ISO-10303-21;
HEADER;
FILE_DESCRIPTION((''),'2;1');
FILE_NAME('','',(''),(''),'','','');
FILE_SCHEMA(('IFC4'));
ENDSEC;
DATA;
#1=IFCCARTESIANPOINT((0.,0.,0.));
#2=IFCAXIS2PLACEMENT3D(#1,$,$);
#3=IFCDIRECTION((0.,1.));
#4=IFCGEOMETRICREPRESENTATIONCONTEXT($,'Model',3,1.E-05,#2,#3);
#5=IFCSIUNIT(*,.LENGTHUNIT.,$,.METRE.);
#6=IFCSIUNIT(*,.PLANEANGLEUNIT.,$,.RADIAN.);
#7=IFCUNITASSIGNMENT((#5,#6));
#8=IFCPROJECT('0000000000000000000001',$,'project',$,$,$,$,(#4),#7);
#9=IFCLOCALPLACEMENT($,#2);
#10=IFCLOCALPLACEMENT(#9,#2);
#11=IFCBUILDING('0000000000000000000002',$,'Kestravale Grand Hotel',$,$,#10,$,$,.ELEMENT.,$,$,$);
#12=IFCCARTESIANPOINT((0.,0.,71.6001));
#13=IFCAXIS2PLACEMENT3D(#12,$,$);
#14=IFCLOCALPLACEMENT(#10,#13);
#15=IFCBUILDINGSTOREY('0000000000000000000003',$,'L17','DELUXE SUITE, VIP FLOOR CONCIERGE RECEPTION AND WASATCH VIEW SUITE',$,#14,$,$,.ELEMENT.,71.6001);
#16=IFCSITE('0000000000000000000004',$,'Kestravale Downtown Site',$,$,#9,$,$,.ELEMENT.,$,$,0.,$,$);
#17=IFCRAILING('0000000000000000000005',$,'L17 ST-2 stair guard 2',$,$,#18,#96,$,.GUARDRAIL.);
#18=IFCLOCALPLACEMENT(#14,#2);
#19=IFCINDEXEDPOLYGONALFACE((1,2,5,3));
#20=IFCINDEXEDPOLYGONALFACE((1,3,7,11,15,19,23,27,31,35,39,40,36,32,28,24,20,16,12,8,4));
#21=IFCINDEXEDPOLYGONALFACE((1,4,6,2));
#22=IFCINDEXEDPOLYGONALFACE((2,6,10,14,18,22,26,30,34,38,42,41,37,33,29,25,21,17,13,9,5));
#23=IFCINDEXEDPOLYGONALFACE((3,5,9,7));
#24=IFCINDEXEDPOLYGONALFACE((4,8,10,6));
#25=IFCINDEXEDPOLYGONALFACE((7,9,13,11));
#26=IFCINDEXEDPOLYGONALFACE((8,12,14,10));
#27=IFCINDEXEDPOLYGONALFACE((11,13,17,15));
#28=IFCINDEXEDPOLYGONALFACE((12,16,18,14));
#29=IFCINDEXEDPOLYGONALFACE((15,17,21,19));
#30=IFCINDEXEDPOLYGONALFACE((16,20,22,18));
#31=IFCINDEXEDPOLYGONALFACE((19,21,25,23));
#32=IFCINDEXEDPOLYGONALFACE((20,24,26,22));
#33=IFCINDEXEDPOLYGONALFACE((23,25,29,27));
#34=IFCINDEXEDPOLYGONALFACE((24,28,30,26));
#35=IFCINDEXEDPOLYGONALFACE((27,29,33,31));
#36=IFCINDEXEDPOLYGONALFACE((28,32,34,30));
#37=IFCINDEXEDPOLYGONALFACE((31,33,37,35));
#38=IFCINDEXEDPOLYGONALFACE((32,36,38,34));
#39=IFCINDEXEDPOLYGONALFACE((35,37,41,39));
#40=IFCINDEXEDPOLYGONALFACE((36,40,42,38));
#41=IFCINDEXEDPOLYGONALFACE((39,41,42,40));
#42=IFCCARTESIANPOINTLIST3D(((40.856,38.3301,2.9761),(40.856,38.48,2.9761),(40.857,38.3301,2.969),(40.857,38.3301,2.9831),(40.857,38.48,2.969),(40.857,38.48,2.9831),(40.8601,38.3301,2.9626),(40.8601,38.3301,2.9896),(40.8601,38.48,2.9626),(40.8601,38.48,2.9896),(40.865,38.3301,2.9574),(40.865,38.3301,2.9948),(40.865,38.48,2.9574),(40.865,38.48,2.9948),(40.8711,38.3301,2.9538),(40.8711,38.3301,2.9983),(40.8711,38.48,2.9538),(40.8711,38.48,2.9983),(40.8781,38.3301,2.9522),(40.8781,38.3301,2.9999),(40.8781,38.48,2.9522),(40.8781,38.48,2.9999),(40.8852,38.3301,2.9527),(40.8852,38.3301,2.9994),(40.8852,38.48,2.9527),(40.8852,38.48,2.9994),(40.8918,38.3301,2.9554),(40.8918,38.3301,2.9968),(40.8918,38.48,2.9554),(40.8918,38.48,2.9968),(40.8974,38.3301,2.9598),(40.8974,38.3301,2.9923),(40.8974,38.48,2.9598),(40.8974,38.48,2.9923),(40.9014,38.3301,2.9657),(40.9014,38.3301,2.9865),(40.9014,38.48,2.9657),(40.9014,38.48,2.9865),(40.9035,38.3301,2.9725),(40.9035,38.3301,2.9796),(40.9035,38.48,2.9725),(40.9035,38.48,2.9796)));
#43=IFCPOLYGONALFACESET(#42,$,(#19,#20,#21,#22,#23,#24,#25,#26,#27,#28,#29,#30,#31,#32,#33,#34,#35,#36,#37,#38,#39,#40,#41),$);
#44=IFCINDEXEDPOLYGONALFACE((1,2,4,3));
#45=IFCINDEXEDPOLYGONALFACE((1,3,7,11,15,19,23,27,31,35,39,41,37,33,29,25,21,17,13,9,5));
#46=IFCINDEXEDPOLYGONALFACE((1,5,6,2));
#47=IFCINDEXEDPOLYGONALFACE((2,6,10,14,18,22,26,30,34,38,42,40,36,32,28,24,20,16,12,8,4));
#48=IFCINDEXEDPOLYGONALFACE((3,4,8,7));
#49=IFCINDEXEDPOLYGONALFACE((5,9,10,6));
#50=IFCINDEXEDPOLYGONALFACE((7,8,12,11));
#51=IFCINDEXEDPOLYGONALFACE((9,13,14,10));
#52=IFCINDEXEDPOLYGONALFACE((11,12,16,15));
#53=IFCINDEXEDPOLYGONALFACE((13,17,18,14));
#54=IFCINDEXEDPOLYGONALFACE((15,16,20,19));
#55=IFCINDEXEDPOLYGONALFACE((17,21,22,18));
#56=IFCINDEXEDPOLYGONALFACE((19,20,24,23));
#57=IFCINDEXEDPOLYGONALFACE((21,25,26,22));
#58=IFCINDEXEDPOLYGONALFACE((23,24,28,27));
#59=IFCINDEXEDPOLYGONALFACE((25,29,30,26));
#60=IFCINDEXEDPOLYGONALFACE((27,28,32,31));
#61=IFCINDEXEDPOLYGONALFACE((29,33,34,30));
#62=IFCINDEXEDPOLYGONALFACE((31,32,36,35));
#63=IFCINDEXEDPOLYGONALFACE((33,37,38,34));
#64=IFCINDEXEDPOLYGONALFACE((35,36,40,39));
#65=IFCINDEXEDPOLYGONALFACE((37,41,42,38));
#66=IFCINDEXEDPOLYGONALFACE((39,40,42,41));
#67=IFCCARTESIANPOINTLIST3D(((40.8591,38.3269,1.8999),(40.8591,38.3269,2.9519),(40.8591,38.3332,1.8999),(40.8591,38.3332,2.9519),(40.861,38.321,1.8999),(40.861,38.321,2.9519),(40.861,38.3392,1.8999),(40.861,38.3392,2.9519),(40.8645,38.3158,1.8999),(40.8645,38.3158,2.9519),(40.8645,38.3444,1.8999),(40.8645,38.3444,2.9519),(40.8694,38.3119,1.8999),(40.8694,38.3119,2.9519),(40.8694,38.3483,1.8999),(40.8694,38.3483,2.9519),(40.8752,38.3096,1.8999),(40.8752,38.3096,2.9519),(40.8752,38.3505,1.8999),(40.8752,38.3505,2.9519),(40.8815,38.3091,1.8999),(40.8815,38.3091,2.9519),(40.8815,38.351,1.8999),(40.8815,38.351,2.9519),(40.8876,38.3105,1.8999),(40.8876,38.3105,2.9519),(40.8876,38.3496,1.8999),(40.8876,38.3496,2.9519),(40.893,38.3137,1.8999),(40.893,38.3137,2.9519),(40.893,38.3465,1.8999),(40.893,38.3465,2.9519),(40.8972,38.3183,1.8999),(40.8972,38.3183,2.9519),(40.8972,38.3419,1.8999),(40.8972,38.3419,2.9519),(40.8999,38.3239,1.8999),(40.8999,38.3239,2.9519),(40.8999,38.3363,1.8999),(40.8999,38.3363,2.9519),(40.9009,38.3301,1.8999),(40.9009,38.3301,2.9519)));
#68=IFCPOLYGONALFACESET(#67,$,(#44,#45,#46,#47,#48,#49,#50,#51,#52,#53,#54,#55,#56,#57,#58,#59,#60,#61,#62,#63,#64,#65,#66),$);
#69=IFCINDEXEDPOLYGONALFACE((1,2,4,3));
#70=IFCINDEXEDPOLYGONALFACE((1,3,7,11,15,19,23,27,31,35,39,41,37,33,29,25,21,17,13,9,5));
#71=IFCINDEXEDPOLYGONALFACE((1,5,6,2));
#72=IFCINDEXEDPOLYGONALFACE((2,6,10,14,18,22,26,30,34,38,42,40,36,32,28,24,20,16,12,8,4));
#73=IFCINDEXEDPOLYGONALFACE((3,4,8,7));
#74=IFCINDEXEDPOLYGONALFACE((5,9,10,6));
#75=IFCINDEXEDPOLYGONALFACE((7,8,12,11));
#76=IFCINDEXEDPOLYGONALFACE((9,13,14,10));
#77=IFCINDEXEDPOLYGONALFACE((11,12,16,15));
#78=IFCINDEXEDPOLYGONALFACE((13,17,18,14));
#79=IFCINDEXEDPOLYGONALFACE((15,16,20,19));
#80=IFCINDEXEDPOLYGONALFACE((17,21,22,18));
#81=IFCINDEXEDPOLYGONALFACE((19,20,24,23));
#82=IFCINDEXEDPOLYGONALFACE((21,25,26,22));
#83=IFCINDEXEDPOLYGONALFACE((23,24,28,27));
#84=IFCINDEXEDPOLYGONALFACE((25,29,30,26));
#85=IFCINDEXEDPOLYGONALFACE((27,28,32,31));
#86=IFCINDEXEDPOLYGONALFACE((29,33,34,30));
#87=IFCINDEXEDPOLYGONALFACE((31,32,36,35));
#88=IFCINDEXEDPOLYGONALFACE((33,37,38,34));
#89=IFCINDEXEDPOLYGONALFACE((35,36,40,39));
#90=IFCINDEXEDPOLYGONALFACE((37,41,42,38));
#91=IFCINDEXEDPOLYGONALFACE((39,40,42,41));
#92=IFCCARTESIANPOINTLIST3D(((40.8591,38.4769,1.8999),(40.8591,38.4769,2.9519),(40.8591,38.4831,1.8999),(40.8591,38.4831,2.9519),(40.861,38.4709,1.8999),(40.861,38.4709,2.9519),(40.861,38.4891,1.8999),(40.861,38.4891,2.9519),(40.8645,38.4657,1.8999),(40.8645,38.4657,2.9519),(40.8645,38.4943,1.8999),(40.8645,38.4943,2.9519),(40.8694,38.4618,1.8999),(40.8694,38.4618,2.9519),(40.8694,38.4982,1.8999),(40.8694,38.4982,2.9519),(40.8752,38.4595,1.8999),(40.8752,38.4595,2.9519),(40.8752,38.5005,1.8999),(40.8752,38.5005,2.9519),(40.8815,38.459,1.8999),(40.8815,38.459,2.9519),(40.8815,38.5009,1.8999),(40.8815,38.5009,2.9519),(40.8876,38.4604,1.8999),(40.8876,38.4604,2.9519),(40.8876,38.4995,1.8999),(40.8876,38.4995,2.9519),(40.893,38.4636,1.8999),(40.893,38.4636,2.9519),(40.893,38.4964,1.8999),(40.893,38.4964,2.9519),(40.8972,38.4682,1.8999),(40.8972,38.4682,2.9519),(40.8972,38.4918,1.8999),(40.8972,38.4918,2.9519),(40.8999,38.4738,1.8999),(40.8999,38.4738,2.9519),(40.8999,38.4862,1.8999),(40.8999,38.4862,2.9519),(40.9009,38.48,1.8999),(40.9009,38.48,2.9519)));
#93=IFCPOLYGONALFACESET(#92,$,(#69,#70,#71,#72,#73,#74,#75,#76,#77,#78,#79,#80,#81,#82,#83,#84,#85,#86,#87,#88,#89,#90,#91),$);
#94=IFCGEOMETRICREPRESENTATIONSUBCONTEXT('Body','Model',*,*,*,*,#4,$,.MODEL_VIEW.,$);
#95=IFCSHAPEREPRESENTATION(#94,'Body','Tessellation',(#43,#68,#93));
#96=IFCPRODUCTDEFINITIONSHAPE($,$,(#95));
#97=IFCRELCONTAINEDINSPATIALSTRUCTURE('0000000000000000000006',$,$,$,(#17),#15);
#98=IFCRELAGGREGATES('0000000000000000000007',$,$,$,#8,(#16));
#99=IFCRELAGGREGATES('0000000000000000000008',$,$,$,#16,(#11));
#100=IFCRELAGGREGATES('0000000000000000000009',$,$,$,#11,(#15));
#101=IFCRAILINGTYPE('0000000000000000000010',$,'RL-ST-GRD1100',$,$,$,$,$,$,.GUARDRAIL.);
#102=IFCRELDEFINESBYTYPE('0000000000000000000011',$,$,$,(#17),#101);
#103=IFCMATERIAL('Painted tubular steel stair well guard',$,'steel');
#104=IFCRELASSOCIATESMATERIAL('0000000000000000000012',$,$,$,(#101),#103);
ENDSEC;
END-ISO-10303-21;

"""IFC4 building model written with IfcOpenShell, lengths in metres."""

from ifc_helpers import new_model, si_unit, direction, frame, origin, origin_2d, place, context, subcontext, project, spatial, circle, extrude, material, type_object, element, save


model = new_model("IFC4")

# Units and contexts
model_context = context("Model", 3, precision=1e-05, world=origin(), true_north=direction((0.0, 1.0)))
body_context = subcontext(model_context, "Body", "Model", "MODEL_VIEW")
ifc_project = project(units=[si_unit("LENGTHUNIT", "METRE"), si_unit("PLANEANGLEUNIT", "RADIAN")], contexts=[model_context])

# Site, building, storey
site_placement = place(None, origin())
site = spatial("IfcSite", under=ifc_project, at=site_placement, Name="Kestravale Downtown Site", CompositionType="ELEMENT", RefElevation=0.0)
building_placement = place(site_placement, origin())
building = spatial("IfcBuilding", under=site, at=building_placement, Name="Kestravale Grand Hotel", CompositionType="ELEMENT")
storey_placement = place(building_placement, frame((0.0, 0.0, 71.6001)))
storey = spatial("IfcBuildingStorey", under=building, at=storey_placement, Name="L17", Description="DELUXE SUITE, VIP FLOOR CONCIERGE RECEPTION AND WASATCH VIEW SUITE", CompositionType="ELEMENT", Elevation=71.6001)

# Railing
ifc_material_1 = material(Name="Painted tubular steel stair well guard", Category="steel")
railing_type_1 = type_object("IfcRailingType", Name="RL-ST-GRD1100", PredefinedType="GUARDRAIL", material=ifc_material_1)
railing_1_placement = place(storey_placement, frame((40.8799, 38.3301, 1.8999)))
element("IfcRailing", 1, at=railing_1_placement, inside=storey, type_object=railing_type_1, Name="L17 ST-2 stair guard 2", PredefinedType="GUARDRAIL", context=body_context, shape_type="SweptSolid", body=[
    extrude(circle(Radius=0.0239, at=origin_2d()), frame((0.0, 0.0, 1.0762), z_axis=(0.0, 1.0, 0.0), x_axis=(-1.0, 0.0, 0.0)), (0.0, 0.0, 1.0), 0.1499),
    extrude(circle(Radius=0.021, at=origin_2d()), origin(), (0.0, 0.0, 1.0), 1.052),
    extrude(circle(Radius=0.021, at=origin_2d()), frame((0.0, 0.1499, 0.0)), (0.0, 0.0, 1.0), 1.052),
])

save(model, "model.ifc")
